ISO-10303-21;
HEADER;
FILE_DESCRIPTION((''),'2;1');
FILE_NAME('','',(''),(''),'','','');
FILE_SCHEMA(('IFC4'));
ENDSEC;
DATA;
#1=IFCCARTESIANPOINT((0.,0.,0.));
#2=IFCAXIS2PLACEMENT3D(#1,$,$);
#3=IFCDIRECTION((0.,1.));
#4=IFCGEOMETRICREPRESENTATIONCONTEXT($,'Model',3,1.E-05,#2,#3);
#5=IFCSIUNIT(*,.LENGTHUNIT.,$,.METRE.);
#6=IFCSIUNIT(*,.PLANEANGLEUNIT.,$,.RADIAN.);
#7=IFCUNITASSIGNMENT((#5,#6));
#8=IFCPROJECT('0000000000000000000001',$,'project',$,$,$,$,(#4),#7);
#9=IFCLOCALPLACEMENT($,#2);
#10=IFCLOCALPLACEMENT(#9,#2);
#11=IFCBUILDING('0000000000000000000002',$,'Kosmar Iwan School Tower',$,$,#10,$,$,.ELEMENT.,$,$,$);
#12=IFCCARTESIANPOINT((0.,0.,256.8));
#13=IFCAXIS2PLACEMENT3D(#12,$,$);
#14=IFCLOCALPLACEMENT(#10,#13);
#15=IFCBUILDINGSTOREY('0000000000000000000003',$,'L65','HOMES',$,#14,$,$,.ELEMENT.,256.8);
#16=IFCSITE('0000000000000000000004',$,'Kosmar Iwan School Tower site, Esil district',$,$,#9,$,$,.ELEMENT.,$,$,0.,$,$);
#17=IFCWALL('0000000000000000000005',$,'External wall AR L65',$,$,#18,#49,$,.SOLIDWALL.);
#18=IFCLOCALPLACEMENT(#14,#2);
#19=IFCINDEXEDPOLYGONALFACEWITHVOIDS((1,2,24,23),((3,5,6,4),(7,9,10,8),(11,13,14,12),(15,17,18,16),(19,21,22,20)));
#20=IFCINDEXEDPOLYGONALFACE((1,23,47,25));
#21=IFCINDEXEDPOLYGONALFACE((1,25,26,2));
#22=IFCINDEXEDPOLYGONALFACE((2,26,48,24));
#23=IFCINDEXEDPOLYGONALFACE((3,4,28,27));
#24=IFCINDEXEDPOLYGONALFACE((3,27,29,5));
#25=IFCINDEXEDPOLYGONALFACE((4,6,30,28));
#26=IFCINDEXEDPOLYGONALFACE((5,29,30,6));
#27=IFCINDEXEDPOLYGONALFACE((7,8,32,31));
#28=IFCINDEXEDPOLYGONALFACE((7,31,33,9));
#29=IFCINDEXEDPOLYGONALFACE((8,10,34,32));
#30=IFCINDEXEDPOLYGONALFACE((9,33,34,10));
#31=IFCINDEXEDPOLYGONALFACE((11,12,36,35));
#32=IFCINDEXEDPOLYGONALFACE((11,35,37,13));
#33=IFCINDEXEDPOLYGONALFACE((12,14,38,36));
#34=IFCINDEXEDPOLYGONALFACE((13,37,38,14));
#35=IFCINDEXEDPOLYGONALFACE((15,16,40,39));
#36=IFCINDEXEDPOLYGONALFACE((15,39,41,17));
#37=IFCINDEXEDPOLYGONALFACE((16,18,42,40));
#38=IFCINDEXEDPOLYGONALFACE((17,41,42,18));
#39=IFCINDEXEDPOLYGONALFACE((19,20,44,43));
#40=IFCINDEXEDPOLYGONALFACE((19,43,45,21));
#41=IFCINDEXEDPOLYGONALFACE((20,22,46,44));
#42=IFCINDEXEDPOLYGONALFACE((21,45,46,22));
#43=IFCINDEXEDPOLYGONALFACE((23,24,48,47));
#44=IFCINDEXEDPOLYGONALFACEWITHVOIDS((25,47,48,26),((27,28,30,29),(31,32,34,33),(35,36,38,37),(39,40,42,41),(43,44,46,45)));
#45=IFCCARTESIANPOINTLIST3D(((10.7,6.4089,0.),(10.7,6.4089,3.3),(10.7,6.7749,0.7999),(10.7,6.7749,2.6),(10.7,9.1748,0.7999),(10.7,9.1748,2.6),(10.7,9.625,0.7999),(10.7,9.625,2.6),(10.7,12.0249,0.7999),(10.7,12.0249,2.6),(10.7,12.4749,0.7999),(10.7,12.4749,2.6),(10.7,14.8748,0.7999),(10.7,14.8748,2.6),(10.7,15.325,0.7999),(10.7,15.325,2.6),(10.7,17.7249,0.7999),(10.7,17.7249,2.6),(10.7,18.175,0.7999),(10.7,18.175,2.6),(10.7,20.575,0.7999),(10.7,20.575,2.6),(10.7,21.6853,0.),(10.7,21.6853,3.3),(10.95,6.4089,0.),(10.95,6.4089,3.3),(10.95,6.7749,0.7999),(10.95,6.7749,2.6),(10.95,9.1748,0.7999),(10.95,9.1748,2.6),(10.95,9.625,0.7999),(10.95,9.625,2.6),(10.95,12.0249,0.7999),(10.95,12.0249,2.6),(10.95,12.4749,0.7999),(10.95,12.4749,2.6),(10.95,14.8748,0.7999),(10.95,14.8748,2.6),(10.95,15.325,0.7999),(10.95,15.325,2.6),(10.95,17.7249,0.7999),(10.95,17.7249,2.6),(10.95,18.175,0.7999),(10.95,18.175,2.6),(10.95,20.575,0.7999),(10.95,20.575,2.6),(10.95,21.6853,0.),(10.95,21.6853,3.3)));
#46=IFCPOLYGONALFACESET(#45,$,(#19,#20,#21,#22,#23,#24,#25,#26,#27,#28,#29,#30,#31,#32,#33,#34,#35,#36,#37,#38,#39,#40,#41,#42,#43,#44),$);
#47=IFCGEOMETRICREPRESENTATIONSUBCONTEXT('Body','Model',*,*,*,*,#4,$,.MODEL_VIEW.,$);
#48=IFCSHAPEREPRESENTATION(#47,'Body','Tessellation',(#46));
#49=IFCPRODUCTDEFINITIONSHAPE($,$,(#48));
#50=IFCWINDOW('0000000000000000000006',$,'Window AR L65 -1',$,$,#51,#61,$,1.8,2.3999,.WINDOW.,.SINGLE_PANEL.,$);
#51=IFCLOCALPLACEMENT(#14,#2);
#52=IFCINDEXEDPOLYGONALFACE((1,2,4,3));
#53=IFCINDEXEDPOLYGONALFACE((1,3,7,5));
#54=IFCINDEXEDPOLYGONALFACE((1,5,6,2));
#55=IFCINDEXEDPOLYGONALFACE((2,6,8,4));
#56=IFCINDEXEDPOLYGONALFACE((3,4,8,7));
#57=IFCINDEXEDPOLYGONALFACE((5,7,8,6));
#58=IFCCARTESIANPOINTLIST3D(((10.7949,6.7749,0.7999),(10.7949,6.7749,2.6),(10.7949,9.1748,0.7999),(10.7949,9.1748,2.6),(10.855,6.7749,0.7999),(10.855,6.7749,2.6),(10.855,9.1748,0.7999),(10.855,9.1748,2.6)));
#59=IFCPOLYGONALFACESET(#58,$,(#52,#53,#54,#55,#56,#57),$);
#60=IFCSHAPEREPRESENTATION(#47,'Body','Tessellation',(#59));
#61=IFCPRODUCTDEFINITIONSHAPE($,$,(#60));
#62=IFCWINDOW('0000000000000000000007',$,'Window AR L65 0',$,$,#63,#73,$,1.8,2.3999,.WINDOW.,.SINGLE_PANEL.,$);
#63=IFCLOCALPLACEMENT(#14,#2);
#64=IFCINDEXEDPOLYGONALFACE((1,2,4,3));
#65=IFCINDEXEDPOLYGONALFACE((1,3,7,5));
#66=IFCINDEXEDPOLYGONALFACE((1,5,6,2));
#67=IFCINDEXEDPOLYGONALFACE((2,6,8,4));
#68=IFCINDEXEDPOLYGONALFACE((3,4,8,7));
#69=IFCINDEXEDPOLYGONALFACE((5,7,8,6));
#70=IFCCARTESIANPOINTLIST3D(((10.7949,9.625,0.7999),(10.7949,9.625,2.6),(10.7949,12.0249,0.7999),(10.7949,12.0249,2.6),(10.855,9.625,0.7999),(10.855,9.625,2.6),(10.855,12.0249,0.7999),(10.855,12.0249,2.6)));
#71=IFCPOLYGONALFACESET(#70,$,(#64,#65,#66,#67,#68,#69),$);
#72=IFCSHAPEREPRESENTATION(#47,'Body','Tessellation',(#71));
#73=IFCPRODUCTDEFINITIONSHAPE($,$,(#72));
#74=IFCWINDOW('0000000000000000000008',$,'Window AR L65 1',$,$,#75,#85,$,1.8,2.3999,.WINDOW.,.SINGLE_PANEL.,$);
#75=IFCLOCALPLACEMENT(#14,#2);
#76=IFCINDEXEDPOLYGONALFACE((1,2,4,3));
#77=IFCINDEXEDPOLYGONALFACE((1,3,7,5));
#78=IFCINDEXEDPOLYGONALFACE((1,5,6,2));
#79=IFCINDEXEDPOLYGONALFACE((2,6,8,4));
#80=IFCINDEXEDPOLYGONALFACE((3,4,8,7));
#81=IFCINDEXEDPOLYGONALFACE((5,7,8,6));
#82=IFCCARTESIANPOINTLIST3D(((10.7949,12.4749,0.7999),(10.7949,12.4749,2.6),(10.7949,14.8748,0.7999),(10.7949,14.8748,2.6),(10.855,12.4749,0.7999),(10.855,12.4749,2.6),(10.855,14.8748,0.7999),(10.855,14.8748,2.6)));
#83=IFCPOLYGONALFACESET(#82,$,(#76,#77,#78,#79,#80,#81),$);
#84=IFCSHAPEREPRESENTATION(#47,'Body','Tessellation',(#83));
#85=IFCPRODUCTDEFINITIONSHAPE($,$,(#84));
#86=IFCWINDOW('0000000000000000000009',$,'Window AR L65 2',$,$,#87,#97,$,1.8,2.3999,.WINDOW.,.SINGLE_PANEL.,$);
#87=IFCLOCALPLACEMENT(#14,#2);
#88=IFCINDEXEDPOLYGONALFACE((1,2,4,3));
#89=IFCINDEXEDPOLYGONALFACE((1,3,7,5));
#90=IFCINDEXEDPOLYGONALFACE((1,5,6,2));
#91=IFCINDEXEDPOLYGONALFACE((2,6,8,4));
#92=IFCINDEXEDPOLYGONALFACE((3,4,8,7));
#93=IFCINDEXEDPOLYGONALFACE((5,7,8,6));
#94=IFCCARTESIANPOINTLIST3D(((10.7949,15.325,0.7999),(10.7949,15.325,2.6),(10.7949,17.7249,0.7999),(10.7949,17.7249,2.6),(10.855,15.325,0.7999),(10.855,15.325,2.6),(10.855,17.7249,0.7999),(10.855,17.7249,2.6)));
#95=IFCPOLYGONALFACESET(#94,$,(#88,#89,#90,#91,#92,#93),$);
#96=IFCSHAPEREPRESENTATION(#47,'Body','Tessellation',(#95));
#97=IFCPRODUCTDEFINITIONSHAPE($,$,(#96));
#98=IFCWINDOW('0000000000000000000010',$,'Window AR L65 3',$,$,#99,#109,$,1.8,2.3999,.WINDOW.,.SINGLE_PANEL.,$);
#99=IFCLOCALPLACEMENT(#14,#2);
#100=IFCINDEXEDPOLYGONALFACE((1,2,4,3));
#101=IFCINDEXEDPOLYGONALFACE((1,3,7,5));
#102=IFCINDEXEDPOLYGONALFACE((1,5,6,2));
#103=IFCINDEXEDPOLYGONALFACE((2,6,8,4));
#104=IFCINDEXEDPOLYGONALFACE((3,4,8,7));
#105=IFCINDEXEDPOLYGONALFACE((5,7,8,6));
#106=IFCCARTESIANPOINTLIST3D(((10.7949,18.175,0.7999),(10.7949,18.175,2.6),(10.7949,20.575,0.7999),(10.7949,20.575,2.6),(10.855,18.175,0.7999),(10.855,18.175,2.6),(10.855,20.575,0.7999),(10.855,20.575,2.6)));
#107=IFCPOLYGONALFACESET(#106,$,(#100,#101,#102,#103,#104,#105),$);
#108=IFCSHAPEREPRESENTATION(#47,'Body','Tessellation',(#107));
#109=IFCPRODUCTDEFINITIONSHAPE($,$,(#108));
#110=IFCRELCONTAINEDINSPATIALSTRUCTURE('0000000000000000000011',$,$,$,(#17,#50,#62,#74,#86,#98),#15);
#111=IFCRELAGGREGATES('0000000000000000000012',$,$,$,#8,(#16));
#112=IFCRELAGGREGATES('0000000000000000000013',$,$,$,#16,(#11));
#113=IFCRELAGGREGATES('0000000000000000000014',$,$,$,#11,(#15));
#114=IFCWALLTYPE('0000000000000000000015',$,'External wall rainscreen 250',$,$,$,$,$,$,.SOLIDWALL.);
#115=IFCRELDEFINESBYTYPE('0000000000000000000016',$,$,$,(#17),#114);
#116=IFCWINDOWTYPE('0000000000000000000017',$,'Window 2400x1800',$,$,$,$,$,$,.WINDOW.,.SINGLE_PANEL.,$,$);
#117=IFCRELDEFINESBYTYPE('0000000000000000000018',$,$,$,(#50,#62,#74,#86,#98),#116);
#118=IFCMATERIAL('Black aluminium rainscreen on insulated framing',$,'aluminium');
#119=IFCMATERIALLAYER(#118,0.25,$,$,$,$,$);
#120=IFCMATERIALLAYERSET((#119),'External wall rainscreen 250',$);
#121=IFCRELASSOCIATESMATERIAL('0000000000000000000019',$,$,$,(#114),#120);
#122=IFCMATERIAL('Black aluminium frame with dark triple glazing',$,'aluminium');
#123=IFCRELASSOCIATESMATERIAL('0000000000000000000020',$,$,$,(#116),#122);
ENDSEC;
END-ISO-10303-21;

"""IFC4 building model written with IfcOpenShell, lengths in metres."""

from ifc_helpers import new_model, si_unit, direction, frame, frame_2d, origin, place, context, subcontext, project, spatial, rectangle, extrude, material, layer, layer_set, type_object, element, fill, save


model = new_model("IFC4")

# Units and contexts
model_context = context("Model", 3, precision=1e-05, world=origin(), true_north=direction((0.0, 1.0)))
body_context = subcontext(model_context, "Body", "Model", "MODEL_VIEW")
ifc_project = project(units=[si_unit("LENGTHUNIT", "METRE"), si_unit("PLANEANGLEUNIT", "RADIAN")], contexts=[model_context])

# Site, building, storey
site_placement = place(None, origin())
site = spatial("IfcSite", under=ifc_project, at=site_placement, Name="Kosmar Iwan School Tower site, Esil district", CompositionType="ELEMENT", RefElevation=0.0)
building_placement = place(site_placement, origin())
building = spatial("IfcBuilding", under=site, at=building_placement, Name="Kosmar Iwan School Tower", CompositionType="ELEMENT")
storey_placement = place(building_placement, frame((0.0, 0.0, 256.8)))
storey = spatial("IfcBuildingStorey", under=building, at=storey_placement, Name="L65", Description="HOMES", CompositionType="ELEMENT", Elevation=256.8)

# Wall, openings, windows
ifc_material_1 = material(Name="Black aluminium rainscreen on insulated framing", Category="aluminium")
ifc_layer = layer(ifc_material_1, 0.25)
ifc_layer_set = layer_set([ifc_layer], Name="External wall rainscreen 250")
wall_type = type_object("IfcWallType", Name="External wall rainscreen 250", PredefinedType="SOLIDWALL", material=ifc_layer_set)
ifc_material_2 = material(Name="Black aluminium frame with dark triple glazing", Category="aluminium")
window_type = type_object("IfcWindowType", Name="Window 2400x1800", PartitioningType="SINGLE_PANEL", PredefinedType="WINDOW", material=ifc_material_2)
wall_1_placement = place(storey_placement, frame((10.825, 6.4089, 0.0), z_axis=(0.0, 0.0, 1.0), x_axis=(0.0, 1.0, 0.0)))
wall_1 = element("IfcWall", 1, at=wall_1_placement, inside=storey, type_object=wall_type, Name="External wall AR L65", PredefinedType="SOLIDWALL", context=body_context, shape_type="SweptSolid", body=[
    extrude(rectangle(XDim=15.2764, YDim=0.25, at=frame_2d((7.6382, 0.0))), origin(), (0.0, 0.0, 1.0), 3.3),
])
opening_1_placement = place(wall_1_placement, frame((0.366, 0.0, 0.8)))
opening_1 = element("IfcOpeningElement", 2, at=opening_1_placement, cuts=wall_1, PredefinedType="OPENING", context=body_context, shape_type="SweptSolid", body=[
    extrude(rectangle(XDim=2.3999, YDim=1.8, at=frame_2d((1.2, 0.8999))), frame((0.0, 0.137, 0.0), z_axis=(0.0, -1.0, 0.0), x_axis=(1.0, 0.0, 0.0)), (0.0, 0.0, 1.0), 0.2739),
])
opening_2_placement = place(wall_1_placement, frame((3.2161, 0.0, 0.8)))
opening_2 = element("IfcOpeningElement", 3, at=opening_2_placement, cuts=wall_1, PredefinedType="OPENING", context=body_context, shape_type="SweptSolid", body=[
    extrude(rectangle(XDim=2.3999, YDim=1.8, at=frame_2d((1.2, 0.8999))), frame((0.0, 0.137, 0.0), z_axis=(0.0, -1.0, 0.0), x_axis=(1.0, 0.0, 0.0)), (0.0, 0.0, 1.0), 0.2739),
])
opening_3_placement = place(wall_1_placement, frame((6.0659, 0.0, 0.8)))
opening_3 = element("IfcOpeningElement", 4, at=opening_3_placement, cuts=wall_1, PredefinedType="OPENING", context=body_context, shape_type="SweptSolid", body=[
    extrude(rectangle(XDim=2.3999, YDim=1.8, at=frame_2d((1.2, 0.8999))), frame((0.0, 0.137, 0.0), z_axis=(0.0, -1.0, 0.0), x_axis=(1.0, 0.0, 0.0)), (0.0, 0.0, 1.0), 0.2739),
])
opening_4_placement = place(wall_1_placement, frame((8.916, 0.0, 0.8)))
opening_4 = element("IfcOpeningElement", 5, at=opening_4_placement, cuts=wall_1, PredefinedType="OPENING", context=body_context, shape_type="SweptSolid", body=[
    extrude(rectangle(XDim=2.3999, YDim=1.8, at=frame_2d((1.2, 0.8999))), frame((0.0, 0.137, 0.0), z_axis=(0.0, -1.0, 0.0), x_axis=(1.0, 0.0, 0.0)), (0.0, 0.0, 1.0), 0.2739),
])
opening_5_placement = place(wall_1_placement, frame((11.7661, 0.0, 0.8)))
opening_5 = element("IfcOpeningElement", 6, at=opening_5_placement, cuts=wall_1, PredefinedType="OPENING", context=body_context, shape_type="SweptSolid", body=[
    extrude(rectangle(XDim=2.3999, YDim=1.8, at=frame_2d((1.2, 0.8999))), frame((0.0, 0.137, 0.0), z_axis=(0.0, -1.0, 0.0), x_axis=(1.0, 0.0, 0.0)), (0.0, 0.0, 1.0), 0.2739),
])
window_1_placement = place(opening_1_placement, origin())
window_1 = element("IfcWindow", 7, at=window_1_placement, inside=storey, type_object=window_type, Name="Window AR L65 -1", OverallHeight=1.8, OverallWidth=2.3999, PartitioningType="SINGLE_PANEL", PredefinedType="WINDOW", context=body_context, shape_type="SweptSolid", body=[
    extrude(rectangle(XDim=2.3999, YDim=1.8, at=frame_2d((1.2, 0.8999))), frame((0.0, 0.03, 0.0), z_axis=(0.0, -1.0, 0.0), x_axis=(1.0, 0.0, 0.0)), (0.0, 0.0, 1.0), 0.0601),
])
fill(opening_1, window_1)
window_2_placement = place(opening_2_placement, origin())
window_2 = element("IfcWindow", 8, at=window_2_placement, inside=storey, type_object=window_type, Name="Window AR L65 0", OverallHeight=1.8, OverallWidth=2.3999, PartitioningType="SINGLE_PANEL", PredefinedType="WINDOW", context=body_context, shape_type="SweptSolid", body=[
    extrude(rectangle(XDim=2.3999, YDim=1.8, at=frame_2d((1.2, 0.8999))), frame((0.0, 0.03, 0.0), z_axis=(0.0, -1.0, 0.0), x_axis=(1.0, 0.0, 0.0)), (0.0, 0.0, 1.0), 0.0601),
])
fill(opening_2, window_2)
window_3_placement = place(opening_3_placement, origin())
window_3 = element("IfcWindow", 9, at=window_3_placement, inside=storey, type_object=window_type, Name="Window AR L65 1", OverallHeight=1.8, OverallWidth=2.3999, PartitioningType="SINGLE_PANEL", PredefinedType="WINDOW", context=body_context, shape_type="SweptSolid", body=[
    extrude(rectangle(XDim=2.3999, YDim=1.8, at=frame_2d((1.2, 0.8999))), frame((0.0, 0.03, 0.0), z_axis=(0.0, -1.0, 0.0), x_axis=(1.0, 0.0, 0.0)), (0.0, 0.0, 1.0), 0.0601),
])
fill(opening_3, window_3)
window_4_placement = place(opening_4_placement, origin())
window_4 = element("IfcWindow", 10, at=window_4_placement, inside=storey, type_object=window_type, Name="Window AR L65 2", OverallHeight=1.8, OverallWidth=2.3999, PartitioningType="SINGLE_PANEL", PredefinedType="WINDOW", context=body_context, shape_type="SweptSolid", body=[
    extrude(rectangle(XDim=2.3999, YDim=1.8, at=frame_2d((1.2, 0.8999))), frame((0.0, 0.03, 0.0), z_axis=(0.0, -1.0, 0.0), x_axis=(1.0, 0.0, 0.0)), (0.0, 0.0, 1.0), 0.0601),
])
fill(opening_4, window_4)
window_5_placement = place(opening_5_placement, origin())
window_5 = element("IfcWindow", 11, at=window_5_placement, inside=storey, type_object=window_type, Name="Window AR L65 3", OverallHeight=1.8, OverallWidth=2.3999, PartitioningType="SINGLE_PANEL", PredefinedType="WINDOW", context=body_context, shape_type="SweptSolid", body=[
    extrude(rectangle(XDim=2.3999, YDim=1.8, at=frame_2d((1.2, 0.8999))), frame((0.0, 0.03, 0.0), z_axis=(0.0, -1.0, 0.0), x_axis=(1.0, 0.0, 0.0)), (0.0, 0.0, 1.0), 0.0601),
])
fill(opening_5, window_5)

save(model, "model.ifc")
